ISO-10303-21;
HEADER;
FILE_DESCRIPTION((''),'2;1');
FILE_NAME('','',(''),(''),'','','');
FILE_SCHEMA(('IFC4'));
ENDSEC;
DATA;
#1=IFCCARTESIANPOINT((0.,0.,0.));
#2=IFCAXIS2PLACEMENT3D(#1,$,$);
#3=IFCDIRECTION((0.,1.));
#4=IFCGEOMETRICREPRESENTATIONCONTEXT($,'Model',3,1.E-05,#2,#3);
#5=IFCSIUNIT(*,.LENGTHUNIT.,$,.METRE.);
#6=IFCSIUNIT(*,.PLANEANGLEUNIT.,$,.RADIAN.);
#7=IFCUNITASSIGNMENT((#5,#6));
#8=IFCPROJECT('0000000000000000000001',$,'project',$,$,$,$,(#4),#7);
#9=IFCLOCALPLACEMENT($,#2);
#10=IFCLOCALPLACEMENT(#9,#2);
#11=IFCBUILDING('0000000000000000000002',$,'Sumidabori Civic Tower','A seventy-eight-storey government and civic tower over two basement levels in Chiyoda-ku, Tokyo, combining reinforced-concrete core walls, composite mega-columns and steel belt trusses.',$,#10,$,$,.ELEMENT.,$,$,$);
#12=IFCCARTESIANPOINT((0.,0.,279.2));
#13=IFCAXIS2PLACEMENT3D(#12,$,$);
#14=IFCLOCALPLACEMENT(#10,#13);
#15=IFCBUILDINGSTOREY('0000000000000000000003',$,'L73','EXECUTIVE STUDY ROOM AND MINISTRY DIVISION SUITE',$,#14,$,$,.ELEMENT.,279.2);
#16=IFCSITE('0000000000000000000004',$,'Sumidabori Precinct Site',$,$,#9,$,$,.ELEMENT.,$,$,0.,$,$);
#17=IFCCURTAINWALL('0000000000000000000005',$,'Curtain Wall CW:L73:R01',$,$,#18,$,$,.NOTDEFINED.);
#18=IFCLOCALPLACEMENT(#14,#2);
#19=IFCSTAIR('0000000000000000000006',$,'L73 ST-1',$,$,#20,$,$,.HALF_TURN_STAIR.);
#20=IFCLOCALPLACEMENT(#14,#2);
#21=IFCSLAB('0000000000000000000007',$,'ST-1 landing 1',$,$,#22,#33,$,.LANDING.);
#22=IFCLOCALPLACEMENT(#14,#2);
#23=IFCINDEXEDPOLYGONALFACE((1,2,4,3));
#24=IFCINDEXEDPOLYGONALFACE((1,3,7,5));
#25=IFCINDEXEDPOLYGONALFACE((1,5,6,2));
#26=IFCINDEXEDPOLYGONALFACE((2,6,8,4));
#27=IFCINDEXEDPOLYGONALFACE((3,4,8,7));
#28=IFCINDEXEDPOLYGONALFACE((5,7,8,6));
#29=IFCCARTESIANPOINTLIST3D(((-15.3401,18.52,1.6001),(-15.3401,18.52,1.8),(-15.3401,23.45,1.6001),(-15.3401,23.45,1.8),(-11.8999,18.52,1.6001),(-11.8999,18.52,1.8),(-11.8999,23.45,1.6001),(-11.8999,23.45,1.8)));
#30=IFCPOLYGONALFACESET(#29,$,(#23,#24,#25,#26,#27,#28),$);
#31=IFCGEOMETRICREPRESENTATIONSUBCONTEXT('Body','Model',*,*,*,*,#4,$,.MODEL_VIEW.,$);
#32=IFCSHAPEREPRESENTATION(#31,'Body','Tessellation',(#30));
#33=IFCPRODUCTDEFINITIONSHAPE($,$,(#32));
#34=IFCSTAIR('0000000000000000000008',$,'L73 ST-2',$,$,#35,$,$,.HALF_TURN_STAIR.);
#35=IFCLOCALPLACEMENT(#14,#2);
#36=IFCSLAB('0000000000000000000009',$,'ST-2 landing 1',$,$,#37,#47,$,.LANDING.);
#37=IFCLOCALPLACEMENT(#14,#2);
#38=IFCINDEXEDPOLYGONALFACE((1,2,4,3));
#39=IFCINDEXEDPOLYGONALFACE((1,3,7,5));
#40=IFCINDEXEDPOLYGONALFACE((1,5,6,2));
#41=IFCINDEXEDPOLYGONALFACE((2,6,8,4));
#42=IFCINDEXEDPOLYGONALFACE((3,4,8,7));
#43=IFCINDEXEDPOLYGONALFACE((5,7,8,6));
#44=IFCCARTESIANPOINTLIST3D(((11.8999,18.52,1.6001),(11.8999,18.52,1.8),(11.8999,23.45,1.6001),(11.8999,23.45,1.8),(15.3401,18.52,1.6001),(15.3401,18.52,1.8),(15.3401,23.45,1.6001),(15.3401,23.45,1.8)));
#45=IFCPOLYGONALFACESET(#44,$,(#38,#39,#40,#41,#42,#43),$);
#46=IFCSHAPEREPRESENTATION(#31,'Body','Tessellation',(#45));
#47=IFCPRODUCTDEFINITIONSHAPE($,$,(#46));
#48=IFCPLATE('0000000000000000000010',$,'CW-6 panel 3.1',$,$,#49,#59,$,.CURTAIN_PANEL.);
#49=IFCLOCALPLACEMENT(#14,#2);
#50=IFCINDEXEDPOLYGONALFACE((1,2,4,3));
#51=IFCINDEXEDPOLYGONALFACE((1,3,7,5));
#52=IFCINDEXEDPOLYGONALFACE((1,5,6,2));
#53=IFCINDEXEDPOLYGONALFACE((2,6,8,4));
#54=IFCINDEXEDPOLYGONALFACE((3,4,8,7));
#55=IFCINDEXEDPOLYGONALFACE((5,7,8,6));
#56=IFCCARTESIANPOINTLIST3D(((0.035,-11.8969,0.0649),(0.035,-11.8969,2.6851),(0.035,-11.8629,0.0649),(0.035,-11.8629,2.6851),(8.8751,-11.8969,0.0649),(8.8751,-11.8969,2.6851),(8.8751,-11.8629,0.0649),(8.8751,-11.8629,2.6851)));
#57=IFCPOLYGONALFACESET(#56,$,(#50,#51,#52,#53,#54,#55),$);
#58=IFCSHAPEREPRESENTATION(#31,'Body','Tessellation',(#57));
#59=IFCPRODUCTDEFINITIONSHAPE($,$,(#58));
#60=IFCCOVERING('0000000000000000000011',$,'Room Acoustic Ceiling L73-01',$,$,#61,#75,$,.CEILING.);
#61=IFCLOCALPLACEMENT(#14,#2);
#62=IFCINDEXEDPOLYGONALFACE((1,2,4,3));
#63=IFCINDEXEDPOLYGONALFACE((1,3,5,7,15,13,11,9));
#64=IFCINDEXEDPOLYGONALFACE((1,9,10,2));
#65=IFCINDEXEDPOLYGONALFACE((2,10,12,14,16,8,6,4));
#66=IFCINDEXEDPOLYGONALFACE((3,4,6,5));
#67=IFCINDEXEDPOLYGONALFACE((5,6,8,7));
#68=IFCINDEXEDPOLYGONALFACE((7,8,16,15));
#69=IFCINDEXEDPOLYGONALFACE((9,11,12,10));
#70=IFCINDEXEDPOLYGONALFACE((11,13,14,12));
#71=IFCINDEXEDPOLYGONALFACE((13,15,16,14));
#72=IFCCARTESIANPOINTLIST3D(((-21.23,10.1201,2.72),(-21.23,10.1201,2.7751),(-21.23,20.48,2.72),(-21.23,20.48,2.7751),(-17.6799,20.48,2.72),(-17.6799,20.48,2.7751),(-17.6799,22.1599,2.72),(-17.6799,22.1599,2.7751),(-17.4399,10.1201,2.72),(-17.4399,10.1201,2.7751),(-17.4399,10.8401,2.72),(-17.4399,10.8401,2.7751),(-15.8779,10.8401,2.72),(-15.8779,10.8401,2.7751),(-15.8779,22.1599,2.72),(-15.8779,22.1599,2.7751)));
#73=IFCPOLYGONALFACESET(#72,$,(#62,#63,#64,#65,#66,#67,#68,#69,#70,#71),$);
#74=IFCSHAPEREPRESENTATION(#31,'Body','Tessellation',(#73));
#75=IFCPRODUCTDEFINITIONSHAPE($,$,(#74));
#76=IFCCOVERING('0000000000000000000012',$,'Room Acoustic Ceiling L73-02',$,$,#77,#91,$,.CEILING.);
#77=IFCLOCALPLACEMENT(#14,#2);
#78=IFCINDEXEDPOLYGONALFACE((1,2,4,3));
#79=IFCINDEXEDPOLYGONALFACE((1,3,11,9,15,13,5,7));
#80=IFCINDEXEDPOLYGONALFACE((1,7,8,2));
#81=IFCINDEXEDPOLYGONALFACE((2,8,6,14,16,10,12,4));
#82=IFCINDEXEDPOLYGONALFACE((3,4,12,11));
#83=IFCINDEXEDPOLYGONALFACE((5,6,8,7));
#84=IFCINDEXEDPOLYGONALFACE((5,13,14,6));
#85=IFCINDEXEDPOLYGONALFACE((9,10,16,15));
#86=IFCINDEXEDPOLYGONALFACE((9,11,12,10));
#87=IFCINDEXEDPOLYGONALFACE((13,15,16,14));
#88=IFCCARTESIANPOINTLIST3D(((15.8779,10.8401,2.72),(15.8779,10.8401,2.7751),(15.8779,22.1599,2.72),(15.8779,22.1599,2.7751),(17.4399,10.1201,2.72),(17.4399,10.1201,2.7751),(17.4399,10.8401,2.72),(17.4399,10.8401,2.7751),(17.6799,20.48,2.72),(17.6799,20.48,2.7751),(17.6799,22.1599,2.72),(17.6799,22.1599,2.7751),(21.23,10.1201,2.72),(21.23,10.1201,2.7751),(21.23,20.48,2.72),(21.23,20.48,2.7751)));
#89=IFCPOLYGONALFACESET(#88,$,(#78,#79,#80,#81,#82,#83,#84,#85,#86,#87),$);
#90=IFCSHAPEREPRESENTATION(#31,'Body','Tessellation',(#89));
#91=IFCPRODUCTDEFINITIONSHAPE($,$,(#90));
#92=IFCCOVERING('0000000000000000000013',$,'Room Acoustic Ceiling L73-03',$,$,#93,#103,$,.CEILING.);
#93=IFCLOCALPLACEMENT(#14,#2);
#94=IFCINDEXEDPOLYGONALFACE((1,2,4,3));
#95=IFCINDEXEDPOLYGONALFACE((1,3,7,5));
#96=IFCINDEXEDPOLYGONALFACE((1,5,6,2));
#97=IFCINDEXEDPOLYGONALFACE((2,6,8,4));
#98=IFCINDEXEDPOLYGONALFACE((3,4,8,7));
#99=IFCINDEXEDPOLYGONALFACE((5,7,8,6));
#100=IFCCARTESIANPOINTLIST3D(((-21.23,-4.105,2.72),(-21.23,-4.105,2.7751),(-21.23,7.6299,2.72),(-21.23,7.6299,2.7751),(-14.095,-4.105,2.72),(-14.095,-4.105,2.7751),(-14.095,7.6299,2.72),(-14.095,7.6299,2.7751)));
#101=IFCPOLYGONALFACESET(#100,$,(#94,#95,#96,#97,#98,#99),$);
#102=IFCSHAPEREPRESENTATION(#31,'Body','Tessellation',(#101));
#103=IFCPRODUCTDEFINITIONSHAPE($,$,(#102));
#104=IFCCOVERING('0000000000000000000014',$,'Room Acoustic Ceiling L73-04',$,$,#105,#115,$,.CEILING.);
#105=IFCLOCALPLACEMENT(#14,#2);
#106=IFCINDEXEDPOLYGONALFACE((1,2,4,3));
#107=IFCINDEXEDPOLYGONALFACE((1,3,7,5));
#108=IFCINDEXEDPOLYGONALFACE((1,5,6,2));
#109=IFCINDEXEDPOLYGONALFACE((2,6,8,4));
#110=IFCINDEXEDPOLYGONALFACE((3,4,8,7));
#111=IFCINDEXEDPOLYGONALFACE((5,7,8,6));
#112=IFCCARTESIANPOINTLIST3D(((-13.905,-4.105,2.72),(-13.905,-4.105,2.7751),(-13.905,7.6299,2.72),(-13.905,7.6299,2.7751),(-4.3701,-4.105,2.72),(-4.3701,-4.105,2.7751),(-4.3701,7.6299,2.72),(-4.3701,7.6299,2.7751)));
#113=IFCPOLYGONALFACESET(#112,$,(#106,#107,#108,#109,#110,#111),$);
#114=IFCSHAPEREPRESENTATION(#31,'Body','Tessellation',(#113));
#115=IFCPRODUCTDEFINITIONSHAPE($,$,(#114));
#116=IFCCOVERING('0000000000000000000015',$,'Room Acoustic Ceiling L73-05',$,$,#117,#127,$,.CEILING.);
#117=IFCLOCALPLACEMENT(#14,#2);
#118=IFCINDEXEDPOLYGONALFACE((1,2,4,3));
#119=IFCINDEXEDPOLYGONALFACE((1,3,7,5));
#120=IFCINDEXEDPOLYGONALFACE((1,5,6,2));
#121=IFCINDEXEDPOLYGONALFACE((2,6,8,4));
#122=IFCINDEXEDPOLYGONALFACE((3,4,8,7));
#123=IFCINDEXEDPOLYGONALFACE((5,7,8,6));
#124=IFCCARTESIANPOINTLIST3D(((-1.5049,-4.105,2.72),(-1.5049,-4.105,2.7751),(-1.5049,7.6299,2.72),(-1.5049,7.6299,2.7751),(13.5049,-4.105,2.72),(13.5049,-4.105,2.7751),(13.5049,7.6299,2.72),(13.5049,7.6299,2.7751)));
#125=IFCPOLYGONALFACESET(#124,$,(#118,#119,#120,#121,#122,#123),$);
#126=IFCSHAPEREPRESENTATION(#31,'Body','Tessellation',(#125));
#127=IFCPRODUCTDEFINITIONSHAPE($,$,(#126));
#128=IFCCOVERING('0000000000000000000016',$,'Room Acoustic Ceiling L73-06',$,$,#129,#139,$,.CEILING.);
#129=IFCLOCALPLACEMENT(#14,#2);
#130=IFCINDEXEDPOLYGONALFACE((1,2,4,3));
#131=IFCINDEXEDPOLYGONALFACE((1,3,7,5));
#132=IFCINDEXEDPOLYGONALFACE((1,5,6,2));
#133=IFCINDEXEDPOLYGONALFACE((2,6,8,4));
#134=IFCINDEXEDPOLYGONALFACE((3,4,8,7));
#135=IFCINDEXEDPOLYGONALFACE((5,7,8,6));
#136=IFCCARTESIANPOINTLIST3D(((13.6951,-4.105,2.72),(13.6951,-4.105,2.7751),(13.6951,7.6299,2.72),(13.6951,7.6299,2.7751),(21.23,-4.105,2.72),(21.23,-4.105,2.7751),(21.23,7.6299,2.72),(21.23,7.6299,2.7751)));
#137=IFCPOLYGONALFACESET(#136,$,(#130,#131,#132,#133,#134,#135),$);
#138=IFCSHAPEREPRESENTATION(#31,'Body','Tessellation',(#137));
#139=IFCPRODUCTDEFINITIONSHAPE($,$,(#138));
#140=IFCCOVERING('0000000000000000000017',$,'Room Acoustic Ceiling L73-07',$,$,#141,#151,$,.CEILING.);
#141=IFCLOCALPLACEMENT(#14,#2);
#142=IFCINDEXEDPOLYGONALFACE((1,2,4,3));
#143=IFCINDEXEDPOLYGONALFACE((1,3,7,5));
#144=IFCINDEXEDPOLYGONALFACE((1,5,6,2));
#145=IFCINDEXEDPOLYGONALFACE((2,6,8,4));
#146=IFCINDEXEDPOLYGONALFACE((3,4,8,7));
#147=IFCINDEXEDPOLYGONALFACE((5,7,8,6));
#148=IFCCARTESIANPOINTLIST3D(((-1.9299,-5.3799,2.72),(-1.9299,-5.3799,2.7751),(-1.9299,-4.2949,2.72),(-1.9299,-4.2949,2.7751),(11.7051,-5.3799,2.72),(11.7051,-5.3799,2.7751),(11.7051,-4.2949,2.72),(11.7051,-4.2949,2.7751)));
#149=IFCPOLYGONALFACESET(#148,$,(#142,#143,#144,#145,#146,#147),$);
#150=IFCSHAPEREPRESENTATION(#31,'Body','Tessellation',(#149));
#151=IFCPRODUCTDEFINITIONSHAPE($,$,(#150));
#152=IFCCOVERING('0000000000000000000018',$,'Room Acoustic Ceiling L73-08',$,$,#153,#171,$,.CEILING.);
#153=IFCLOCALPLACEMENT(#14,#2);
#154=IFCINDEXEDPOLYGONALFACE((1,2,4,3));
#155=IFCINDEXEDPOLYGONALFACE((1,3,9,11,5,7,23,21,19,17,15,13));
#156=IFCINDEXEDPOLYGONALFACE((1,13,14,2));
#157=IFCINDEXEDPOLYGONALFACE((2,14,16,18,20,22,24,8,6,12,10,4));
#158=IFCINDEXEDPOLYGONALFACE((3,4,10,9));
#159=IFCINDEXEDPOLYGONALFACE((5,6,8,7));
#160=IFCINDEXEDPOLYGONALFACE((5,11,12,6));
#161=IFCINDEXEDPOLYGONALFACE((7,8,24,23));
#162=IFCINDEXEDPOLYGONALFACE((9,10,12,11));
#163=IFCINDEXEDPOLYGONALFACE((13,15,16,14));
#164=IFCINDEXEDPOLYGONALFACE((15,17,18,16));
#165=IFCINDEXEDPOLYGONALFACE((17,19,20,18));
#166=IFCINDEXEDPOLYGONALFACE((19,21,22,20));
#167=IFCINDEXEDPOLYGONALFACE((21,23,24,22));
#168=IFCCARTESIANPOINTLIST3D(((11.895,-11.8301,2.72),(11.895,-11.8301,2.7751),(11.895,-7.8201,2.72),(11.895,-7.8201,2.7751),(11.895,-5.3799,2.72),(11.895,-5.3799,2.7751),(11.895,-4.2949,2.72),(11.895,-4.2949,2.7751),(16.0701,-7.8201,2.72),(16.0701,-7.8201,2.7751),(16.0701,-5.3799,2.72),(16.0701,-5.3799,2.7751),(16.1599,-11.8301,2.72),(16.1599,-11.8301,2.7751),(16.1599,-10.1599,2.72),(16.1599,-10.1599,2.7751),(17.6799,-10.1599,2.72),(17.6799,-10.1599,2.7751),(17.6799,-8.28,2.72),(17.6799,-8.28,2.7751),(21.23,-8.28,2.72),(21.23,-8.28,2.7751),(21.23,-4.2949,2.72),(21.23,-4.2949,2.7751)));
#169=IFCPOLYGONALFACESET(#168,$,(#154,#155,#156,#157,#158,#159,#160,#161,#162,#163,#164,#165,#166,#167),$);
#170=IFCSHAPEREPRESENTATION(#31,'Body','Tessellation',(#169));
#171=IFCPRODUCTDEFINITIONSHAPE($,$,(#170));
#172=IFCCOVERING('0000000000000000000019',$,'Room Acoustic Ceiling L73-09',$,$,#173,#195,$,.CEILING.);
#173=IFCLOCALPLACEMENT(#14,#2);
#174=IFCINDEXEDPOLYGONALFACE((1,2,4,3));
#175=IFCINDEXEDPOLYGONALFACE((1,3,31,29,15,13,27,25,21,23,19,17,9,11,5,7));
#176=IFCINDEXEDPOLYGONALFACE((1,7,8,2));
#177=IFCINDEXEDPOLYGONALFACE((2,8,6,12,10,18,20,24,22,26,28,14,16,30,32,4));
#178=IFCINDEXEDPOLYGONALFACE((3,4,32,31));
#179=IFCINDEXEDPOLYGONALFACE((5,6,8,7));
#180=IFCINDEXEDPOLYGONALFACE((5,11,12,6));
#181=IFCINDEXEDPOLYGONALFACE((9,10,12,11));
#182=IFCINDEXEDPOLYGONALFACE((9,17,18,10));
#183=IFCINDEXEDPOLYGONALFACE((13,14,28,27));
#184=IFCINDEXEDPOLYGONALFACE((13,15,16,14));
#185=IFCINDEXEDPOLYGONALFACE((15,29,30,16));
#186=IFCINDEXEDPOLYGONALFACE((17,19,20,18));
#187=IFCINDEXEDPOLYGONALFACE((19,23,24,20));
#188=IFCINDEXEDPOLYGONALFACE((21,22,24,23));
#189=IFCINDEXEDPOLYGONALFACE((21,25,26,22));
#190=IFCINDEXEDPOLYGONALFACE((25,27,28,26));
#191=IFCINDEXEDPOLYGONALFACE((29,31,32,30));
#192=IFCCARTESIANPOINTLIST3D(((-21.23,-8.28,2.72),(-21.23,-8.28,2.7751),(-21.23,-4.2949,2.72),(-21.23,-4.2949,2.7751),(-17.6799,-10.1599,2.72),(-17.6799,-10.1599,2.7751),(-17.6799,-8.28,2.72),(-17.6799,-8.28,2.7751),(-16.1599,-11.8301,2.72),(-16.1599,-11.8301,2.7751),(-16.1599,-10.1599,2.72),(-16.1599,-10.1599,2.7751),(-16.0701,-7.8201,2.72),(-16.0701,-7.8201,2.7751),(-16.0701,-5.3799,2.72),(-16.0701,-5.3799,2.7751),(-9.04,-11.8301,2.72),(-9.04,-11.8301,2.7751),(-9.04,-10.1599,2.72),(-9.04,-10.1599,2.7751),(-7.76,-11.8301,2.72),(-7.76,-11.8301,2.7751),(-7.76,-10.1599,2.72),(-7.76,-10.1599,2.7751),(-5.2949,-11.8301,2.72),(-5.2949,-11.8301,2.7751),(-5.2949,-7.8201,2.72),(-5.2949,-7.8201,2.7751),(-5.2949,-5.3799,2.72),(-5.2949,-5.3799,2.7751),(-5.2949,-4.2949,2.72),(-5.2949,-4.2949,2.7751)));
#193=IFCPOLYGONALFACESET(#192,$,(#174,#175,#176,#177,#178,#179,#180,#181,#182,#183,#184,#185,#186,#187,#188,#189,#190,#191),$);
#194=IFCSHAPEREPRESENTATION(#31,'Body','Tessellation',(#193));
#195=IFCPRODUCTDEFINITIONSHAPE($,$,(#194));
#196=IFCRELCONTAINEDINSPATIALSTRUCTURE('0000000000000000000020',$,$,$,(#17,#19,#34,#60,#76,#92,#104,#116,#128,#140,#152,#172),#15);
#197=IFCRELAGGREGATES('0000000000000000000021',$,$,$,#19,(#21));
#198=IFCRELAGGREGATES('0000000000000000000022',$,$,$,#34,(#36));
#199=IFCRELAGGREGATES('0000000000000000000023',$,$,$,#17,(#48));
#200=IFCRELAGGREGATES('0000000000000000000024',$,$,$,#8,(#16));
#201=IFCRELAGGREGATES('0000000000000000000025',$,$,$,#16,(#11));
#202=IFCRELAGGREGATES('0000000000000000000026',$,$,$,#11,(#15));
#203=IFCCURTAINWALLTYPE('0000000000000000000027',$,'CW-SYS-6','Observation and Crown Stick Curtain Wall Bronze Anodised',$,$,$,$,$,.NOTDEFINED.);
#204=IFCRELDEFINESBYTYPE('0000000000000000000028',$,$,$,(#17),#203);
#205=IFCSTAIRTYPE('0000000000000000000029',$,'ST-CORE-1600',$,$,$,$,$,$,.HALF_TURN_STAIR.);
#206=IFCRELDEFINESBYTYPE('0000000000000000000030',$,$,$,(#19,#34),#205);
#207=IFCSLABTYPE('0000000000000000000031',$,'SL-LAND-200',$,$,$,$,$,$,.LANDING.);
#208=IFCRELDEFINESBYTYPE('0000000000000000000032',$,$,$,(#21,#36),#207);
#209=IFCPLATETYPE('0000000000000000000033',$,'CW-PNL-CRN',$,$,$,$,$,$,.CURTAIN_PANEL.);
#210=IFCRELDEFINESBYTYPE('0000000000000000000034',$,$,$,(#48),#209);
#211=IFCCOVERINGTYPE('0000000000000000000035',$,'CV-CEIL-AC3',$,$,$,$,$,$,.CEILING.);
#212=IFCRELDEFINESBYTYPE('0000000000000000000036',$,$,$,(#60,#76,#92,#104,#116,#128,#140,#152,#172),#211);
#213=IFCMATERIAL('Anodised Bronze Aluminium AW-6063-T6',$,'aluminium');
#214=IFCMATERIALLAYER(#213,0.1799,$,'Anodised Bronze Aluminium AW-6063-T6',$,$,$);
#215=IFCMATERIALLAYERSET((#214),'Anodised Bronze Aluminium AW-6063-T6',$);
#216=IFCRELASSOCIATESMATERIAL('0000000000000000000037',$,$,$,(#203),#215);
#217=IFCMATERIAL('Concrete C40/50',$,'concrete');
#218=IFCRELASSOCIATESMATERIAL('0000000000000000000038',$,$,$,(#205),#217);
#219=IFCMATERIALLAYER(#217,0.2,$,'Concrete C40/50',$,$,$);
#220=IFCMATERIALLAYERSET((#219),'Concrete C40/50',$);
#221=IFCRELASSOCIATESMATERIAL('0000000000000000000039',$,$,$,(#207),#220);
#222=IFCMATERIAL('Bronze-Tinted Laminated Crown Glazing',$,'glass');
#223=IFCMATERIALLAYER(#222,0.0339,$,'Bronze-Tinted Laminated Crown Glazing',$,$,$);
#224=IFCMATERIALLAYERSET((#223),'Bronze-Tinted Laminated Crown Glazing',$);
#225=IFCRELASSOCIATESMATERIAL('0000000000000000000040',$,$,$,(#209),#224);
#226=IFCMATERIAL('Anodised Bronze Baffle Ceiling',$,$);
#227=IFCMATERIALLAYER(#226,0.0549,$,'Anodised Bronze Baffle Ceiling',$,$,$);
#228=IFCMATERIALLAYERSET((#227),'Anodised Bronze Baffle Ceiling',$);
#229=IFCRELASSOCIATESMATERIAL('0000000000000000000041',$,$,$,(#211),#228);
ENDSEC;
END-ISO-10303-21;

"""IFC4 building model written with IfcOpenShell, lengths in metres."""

from ifc_helpers import new_model, si_unit, direction, frame, origin, origin_2d, place, context, subcontext, project, spatial, polyline, rectangle, outline, extrude, source, transform, mapped, material, layer, layer_set, type_object, element, aggregate, save


model = new_model("IFC4")

# Units and contexts
model_context = context("Model", 3, precision=1e-05, world=origin(), true_north=direction((0.0, 1.0)))
body_context = subcontext(model_context, "Body", "Model", "MODEL_VIEW")
ifc_project = project(units=[si_unit("LENGTHUNIT", "METRE"), si_unit("PLANEANGLEUNIT", "RADIAN")], contexts=[model_context])

# Site, building, storey
site_placement = place(None, origin())
site = spatial("IfcSite", under=ifc_project, at=site_placement, Name="Sumidabori Precinct Site", CompositionType="ELEMENT", RefElevation=0.0)
building_placement = place(site_placement, origin())
building = spatial("IfcBuilding", under=site, at=building_placement, Name="Sumidabori Civic Tower", Description="A seventy-eight-storey government and civic tower over two basement levels in Chiyoda-ku, Tokyo, combining reinforced-concrete core walls, composite mega-columns and steel belt trusses.", CompositionType="ELEMENT")
storey_placement = place(building_placement, frame((0.0, 0.0, 279.2)))
storey = spatial("IfcBuildingStorey", under=building, at=storey_placement, Name="L73", Description="EXECUTIVE STUDY ROOM AND MINISTRY DIVISION SUITE", CompositionType="ELEMENT", Elevation=279.2)

# Curtain wall
ifc_material_1 = material(Name="Anodised Bronze Aluminium AW-6063-T6", Category="aluminium")
ifc_layer_1 = layer(ifc_material_1, 0.1799, Name="Anodised Bronze Aluminium AW-6063-T6")
ifc_layer_set_1 = layer_set([ifc_layer_1], Name="Anodised Bronze Aluminium AW-6063-T6")
curtain_wall_type = type_object("IfcCurtainWallType", Name="CW-SYS-6", Description="Observation and Crown Stick Curtain Wall Bronze Anodised", PredefinedType="NOTDEFINED", material=ifc_layer_set_1)
curtain_wall_placement = place(storey_placement, origin())
curtain_wall = element("IfcCurtainWall", 1, at=curtain_wall_placement, inside=storey, type_object=curtain_wall_type, Name="Curtain Wall CW:L73:R01", PredefinedType="NOTDEFINED")

# Stairs, slabs
ifc_material_2 = material(Name="Concrete C40/50", Category="concrete")
stair_type = type_object("IfcStairType", Name="ST-CORE-1600", PredefinedType="HALF_TURN_STAIR", material=ifc_material_2)
stair_1_placement = place(storey_placement, origin())
stair_1 = element("IfcStair", 2, at=stair_1_placement, inside=storey, type_object=stair_type, Name="L73 ST-1", PredefinedType="HALF_TURN_STAIR")
ifc_layer_2 = layer(ifc_material_2, 0.2, Name="Concrete C40/50")
ifc_layer_set_2 = layer_set([ifc_layer_2], Name="Concrete C40/50")
slab_type = type_object("IfcSlabType", Name="SL-LAND-200", PredefinedType="LANDING", material=ifc_layer_set_2)
slab_1_placement = place(storey_placement, frame((0.0, 0.0, 1.6001)))
slab_1 = element("IfcSlab", 3, at=slab_1_placement, type_object=slab_type, Name="ST-1 landing 1", PredefinedType="LANDING", context=body_context, shape_type="SweptSolid", body=[
    extrude(outline(polyline([(-11.8999, 18.52), (-11.8999, 23.45), (-15.3401, 23.45), (-15.3401, 18.52), (-11.8999, 18.52)])), origin(), (0.0, 0.0, 1.0), 0.2),
])
aggregate(stair_1, [slab_1])
stair_2_placement = place(storey_placement, origin())
stair_2 = element("IfcStair", 4, at=stair_2_placement, inside=storey, type_object=stair_type, Name="L73 ST-2", PredefinedType="HALF_TURN_STAIR")
slab_2_placement = place(storey_placement, frame((0.0, 0.0, 1.6001)))
slab_2 = element("IfcSlab", 5, at=slab_2_placement, type_object=slab_type, Name="ST-2 landing 1", PredefinedType="LANDING", context=body_context, shape_type="SweptSolid", body=[
    extrude(outline(polyline([(15.3401, 18.52), (15.3401, 23.45), (11.8999, 23.45), (11.8999, 18.52), (15.3401, 18.52)])), origin(), (0.0, 0.0, 1.0), 0.2),
])
aggregate(stair_2, [slab_2])

# Plate
ifc_material_3 = material(Name="Bronze-Tinted Laminated Crown Glazing", Category="glass")
ifc_layer_3 = layer(ifc_material_3, 0.0339, Name="Bronze-Tinted Laminated Crown Glazing")
ifc_layer_set_3 = layer_set([ifc_layer_3], Name="Bronze-Tinted Laminated Crown Glazing")
plate_type = type_object("IfcPlateType", Name="CW-PNL-CRN", PredefinedType="CURTAIN_PANEL", material=ifc_layer_set_3)
shared_shape_1 = source(origin(), body_context, "Body", "SweptSolid", [
    extrude(rectangle(XDim=8.8401, YDim=0.0339, at=origin_2d()), origin(), (0.0, 0.0, 1.0), 2.6201),
])
plate_placement = place(storey_placement, frame((4.4551, -11.8799, 0.0649), z_axis=(0.0, 0.0, 1.0), x_axis=(1.0, 0.0, 0.0)))
plate = element("IfcPlate", 6, at=plate_placement, type_object=plate_type, Name="CW-6 panel 3.1", PredefinedType="CURTAIN_PANEL", context=body_context, shape_type="MappedRepresentation", body=[
    mapped(shared_shape_1, transform((0.0, 0.0, 0.0), x_axis=(1.0, 0.0, 0.0), y_axis=(0.0, 1.0, 0.0), z_axis=(0.0, 0.0, 1.0), scale=1.0)),
])
aggregate(curtain_wall, [plate])

# Coverings
ifc_material_4 = material(Name="Anodised Bronze Baffle Ceiling")
ifc_layer_4 = layer(ifc_material_4, 0.0549, Name="Anodised Bronze Baffle Ceiling")
ifc_layer_set_4 = layer_set([ifc_layer_4], Name="Anodised Bronze Baffle Ceiling")
covering_type_1 = type_object("IfcCoveringType", Name="CV-CEIL-AC3", PredefinedType="CEILING", material=ifc_layer_set_4)
covering_1_placement = place(storey_placement, frame((0.0, 0.0, 2.72)))
element("IfcCovering", 7, at=covering_1_placement, inside=storey, type_object=covering_type_1, Name="Room Acoustic Ceiling L73-01", PredefinedType="CEILING", context=body_context, shape_type="SweptSolid", body=[
    extrude(outline(polyline([(-15.8779, 22.1599), (-15.8779, 10.8401), (-17.4399, 10.8401), (-17.4399, 10.1201), (-21.23, 10.1201), (-21.23, 20.48), (-17.6799, 20.48), (-17.6799, 22.1599), (-15.8779, 22.1599)])), origin(), (0.0, 0.0, 1.0), 0.0552),
])
covering_2_placement = place(storey_placement, frame((0.0, 0.0, 2.72)))
element("IfcCovering", 8, at=covering_2_placement, inside=storey, type_object=covering_type_1, Name="Room Acoustic Ceiling L73-02", PredefinedType="CEILING", context=body_context, shape_type="SweptSolid", body=[
    extrude(outline(polyline([(17.6799, 22.1599), (17.6799, 20.48), (21.23, 20.48), (21.23, 10.1201), (17.4399, 10.1201), (17.4399, 10.8401), (15.8779, 10.8401), (15.8779, 22.1599), (17.6799, 22.1599)])), origin(), (0.0, 0.0, 1.0), 0.0552),
])
covering_3_placement = place(storey_placement, frame((0.0, 0.0, 2.72)))
element("IfcCovering", 9, at=covering_3_placement, inside=storey, type_object=covering_type_1, Name="Room Acoustic Ceiling L73-03", PredefinedType="CEILING", context=body_context, shape_type="SweptSolid", body=[
    extrude(outline(polyline([(-21.23, -4.105), (-21.23, 7.6299), (-14.095, 7.6299), (-14.095, -4.105), (-21.23, -4.105)])), origin(), (0.0, 0.0, 1.0), 0.0552),
])
covering_4_placement = place(storey_placement, frame((0.0, 0.0, 2.72)))
element("IfcCovering", 10, at=covering_4_placement, inside=storey, type_object=covering_type_1, Name="Room Acoustic Ceiling L73-04", PredefinedType="CEILING", context=body_context, shape_type="SweptSolid", body=[
    extrude(outline(polyline([(-13.905, -4.105), (-13.905, 7.6299), (-4.3701, 7.6299), (-4.3701, -4.105), (-13.905, -4.105)])), origin(), (0.0, 0.0, 1.0), 0.0552),
])
covering_5_placement = place(storey_placement, frame((0.0, 0.0, 2.72)))
element("IfcCovering", 11, at=covering_5_placement, inside=storey, type_object=covering_type_1, Name="Room Acoustic Ceiling L73-05", PredefinedType="CEILING", context=body_context, shape_type="SweptSolid", body=[
    extrude(outline(polyline([(13.5049, 7.6299), (13.5049, -4.105), (-1.5049, -4.105), (-1.5049, 7.6299), (13.5049, 7.6299)])), origin(), (0.0, 0.0, 1.0), 0.0552),
])
covering_6_placement = place(storey_placement, frame((0.0, 0.0, 2.72)))
element("IfcCovering", 12, at=covering_6_placement, inside=storey, type_object=covering_type_1, Name="Room Acoustic Ceiling L73-06", PredefinedType="CEILING", context=body_context, shape_type="SweptSolid", body=[
    extrude(outline(polyline([(13.6951, 7.6299), (21.23, 7.6299), (21.23, -4.105), (13.6951, -4.105), (13.6951, 7.6299)])), origin(), (0.0, 0.0, 1.0), 0.0552),
])
covering_7_placement = place(storey_placement, frame((0.0, 0.0, 2.72)))
element("IfcCovering", 13, at=covering_7_placement, inside=storey, type_object=covering_type_1, Name="Room Acoustic Ceiling L73-07", PredefinedType="CEILING", context=body_context, shape_type="SweptSolid", body=[
    extrude(outline(polyline([(-1.9299, -5.3799), (-1.9299, -4.2949), (11.7051, -4.2949), (11.7051, -5.3799), (-1.9299, -5.3799)])), origin(), (0.0, 0.0, 1.0), 0.0552),
])
covering_8_placement = place(storey_placement, frame((0.0, 0.0, 2.72)))
element("IfcCovering", 14, at=covering_8_placement, inside=storey, type_object=covering_type_1, Name="Room Acoustic Ceiling L73-08", PredefinedType="CEILING", context=body_context, shape_type="SweptSolid", body=[
    extrude(outline(polyline([(16.0701, -7.8201), (16.0701, -5.3799), (11.895, -5.3799), (11.895, -4.2949), (21.23, -4.2949), (21.23, -8.28), (17.6799, -8.28), (17.6799, -10.1599), (16.1599, -10.1599), (16.1599, -11.8301), (11.895, -11.8301), (11.895, -7.8201), (16.0701, -7.8201)])), origin(), (0.0, 0.0, 1.0), 0.0552),
])
covering_9_placement = place(storey_placement, frame((0.0, 0.0, 2.72)))
element("IfcCovering", 15, at=covering_9_placement, inside=storey, type_object=covering_type_1, Name="Room Acoustic Ceiling L73-09", PredefinedType="CEILING", context=body_context, shape_type="SweptSolid", body=[
    extrude(outline(polyline([(-17.6799, -8.28), (-21.23, -8.28), (-21.23, -4.2949), (-5.2949, -4.2949), (-5.2949, -5.3799), (-16.0701, -5.3799), (-16.0701, -7.8201), (-5.2949, -7.8201), (-5.2949, -11.8301), (-7.76, -11.8301), (-7.76, -10.1599), (-9.04, -10.1599), (-9.04, -11.8301), (-16.1599, -11.8301), (-16.1599, -10.1599), (-17.6799, -10.1599), (-17.6799, -8.28)])), origin(), (0.0, 0.0, 1.0), 0.0552),
])

save(model, "model.ifc")
